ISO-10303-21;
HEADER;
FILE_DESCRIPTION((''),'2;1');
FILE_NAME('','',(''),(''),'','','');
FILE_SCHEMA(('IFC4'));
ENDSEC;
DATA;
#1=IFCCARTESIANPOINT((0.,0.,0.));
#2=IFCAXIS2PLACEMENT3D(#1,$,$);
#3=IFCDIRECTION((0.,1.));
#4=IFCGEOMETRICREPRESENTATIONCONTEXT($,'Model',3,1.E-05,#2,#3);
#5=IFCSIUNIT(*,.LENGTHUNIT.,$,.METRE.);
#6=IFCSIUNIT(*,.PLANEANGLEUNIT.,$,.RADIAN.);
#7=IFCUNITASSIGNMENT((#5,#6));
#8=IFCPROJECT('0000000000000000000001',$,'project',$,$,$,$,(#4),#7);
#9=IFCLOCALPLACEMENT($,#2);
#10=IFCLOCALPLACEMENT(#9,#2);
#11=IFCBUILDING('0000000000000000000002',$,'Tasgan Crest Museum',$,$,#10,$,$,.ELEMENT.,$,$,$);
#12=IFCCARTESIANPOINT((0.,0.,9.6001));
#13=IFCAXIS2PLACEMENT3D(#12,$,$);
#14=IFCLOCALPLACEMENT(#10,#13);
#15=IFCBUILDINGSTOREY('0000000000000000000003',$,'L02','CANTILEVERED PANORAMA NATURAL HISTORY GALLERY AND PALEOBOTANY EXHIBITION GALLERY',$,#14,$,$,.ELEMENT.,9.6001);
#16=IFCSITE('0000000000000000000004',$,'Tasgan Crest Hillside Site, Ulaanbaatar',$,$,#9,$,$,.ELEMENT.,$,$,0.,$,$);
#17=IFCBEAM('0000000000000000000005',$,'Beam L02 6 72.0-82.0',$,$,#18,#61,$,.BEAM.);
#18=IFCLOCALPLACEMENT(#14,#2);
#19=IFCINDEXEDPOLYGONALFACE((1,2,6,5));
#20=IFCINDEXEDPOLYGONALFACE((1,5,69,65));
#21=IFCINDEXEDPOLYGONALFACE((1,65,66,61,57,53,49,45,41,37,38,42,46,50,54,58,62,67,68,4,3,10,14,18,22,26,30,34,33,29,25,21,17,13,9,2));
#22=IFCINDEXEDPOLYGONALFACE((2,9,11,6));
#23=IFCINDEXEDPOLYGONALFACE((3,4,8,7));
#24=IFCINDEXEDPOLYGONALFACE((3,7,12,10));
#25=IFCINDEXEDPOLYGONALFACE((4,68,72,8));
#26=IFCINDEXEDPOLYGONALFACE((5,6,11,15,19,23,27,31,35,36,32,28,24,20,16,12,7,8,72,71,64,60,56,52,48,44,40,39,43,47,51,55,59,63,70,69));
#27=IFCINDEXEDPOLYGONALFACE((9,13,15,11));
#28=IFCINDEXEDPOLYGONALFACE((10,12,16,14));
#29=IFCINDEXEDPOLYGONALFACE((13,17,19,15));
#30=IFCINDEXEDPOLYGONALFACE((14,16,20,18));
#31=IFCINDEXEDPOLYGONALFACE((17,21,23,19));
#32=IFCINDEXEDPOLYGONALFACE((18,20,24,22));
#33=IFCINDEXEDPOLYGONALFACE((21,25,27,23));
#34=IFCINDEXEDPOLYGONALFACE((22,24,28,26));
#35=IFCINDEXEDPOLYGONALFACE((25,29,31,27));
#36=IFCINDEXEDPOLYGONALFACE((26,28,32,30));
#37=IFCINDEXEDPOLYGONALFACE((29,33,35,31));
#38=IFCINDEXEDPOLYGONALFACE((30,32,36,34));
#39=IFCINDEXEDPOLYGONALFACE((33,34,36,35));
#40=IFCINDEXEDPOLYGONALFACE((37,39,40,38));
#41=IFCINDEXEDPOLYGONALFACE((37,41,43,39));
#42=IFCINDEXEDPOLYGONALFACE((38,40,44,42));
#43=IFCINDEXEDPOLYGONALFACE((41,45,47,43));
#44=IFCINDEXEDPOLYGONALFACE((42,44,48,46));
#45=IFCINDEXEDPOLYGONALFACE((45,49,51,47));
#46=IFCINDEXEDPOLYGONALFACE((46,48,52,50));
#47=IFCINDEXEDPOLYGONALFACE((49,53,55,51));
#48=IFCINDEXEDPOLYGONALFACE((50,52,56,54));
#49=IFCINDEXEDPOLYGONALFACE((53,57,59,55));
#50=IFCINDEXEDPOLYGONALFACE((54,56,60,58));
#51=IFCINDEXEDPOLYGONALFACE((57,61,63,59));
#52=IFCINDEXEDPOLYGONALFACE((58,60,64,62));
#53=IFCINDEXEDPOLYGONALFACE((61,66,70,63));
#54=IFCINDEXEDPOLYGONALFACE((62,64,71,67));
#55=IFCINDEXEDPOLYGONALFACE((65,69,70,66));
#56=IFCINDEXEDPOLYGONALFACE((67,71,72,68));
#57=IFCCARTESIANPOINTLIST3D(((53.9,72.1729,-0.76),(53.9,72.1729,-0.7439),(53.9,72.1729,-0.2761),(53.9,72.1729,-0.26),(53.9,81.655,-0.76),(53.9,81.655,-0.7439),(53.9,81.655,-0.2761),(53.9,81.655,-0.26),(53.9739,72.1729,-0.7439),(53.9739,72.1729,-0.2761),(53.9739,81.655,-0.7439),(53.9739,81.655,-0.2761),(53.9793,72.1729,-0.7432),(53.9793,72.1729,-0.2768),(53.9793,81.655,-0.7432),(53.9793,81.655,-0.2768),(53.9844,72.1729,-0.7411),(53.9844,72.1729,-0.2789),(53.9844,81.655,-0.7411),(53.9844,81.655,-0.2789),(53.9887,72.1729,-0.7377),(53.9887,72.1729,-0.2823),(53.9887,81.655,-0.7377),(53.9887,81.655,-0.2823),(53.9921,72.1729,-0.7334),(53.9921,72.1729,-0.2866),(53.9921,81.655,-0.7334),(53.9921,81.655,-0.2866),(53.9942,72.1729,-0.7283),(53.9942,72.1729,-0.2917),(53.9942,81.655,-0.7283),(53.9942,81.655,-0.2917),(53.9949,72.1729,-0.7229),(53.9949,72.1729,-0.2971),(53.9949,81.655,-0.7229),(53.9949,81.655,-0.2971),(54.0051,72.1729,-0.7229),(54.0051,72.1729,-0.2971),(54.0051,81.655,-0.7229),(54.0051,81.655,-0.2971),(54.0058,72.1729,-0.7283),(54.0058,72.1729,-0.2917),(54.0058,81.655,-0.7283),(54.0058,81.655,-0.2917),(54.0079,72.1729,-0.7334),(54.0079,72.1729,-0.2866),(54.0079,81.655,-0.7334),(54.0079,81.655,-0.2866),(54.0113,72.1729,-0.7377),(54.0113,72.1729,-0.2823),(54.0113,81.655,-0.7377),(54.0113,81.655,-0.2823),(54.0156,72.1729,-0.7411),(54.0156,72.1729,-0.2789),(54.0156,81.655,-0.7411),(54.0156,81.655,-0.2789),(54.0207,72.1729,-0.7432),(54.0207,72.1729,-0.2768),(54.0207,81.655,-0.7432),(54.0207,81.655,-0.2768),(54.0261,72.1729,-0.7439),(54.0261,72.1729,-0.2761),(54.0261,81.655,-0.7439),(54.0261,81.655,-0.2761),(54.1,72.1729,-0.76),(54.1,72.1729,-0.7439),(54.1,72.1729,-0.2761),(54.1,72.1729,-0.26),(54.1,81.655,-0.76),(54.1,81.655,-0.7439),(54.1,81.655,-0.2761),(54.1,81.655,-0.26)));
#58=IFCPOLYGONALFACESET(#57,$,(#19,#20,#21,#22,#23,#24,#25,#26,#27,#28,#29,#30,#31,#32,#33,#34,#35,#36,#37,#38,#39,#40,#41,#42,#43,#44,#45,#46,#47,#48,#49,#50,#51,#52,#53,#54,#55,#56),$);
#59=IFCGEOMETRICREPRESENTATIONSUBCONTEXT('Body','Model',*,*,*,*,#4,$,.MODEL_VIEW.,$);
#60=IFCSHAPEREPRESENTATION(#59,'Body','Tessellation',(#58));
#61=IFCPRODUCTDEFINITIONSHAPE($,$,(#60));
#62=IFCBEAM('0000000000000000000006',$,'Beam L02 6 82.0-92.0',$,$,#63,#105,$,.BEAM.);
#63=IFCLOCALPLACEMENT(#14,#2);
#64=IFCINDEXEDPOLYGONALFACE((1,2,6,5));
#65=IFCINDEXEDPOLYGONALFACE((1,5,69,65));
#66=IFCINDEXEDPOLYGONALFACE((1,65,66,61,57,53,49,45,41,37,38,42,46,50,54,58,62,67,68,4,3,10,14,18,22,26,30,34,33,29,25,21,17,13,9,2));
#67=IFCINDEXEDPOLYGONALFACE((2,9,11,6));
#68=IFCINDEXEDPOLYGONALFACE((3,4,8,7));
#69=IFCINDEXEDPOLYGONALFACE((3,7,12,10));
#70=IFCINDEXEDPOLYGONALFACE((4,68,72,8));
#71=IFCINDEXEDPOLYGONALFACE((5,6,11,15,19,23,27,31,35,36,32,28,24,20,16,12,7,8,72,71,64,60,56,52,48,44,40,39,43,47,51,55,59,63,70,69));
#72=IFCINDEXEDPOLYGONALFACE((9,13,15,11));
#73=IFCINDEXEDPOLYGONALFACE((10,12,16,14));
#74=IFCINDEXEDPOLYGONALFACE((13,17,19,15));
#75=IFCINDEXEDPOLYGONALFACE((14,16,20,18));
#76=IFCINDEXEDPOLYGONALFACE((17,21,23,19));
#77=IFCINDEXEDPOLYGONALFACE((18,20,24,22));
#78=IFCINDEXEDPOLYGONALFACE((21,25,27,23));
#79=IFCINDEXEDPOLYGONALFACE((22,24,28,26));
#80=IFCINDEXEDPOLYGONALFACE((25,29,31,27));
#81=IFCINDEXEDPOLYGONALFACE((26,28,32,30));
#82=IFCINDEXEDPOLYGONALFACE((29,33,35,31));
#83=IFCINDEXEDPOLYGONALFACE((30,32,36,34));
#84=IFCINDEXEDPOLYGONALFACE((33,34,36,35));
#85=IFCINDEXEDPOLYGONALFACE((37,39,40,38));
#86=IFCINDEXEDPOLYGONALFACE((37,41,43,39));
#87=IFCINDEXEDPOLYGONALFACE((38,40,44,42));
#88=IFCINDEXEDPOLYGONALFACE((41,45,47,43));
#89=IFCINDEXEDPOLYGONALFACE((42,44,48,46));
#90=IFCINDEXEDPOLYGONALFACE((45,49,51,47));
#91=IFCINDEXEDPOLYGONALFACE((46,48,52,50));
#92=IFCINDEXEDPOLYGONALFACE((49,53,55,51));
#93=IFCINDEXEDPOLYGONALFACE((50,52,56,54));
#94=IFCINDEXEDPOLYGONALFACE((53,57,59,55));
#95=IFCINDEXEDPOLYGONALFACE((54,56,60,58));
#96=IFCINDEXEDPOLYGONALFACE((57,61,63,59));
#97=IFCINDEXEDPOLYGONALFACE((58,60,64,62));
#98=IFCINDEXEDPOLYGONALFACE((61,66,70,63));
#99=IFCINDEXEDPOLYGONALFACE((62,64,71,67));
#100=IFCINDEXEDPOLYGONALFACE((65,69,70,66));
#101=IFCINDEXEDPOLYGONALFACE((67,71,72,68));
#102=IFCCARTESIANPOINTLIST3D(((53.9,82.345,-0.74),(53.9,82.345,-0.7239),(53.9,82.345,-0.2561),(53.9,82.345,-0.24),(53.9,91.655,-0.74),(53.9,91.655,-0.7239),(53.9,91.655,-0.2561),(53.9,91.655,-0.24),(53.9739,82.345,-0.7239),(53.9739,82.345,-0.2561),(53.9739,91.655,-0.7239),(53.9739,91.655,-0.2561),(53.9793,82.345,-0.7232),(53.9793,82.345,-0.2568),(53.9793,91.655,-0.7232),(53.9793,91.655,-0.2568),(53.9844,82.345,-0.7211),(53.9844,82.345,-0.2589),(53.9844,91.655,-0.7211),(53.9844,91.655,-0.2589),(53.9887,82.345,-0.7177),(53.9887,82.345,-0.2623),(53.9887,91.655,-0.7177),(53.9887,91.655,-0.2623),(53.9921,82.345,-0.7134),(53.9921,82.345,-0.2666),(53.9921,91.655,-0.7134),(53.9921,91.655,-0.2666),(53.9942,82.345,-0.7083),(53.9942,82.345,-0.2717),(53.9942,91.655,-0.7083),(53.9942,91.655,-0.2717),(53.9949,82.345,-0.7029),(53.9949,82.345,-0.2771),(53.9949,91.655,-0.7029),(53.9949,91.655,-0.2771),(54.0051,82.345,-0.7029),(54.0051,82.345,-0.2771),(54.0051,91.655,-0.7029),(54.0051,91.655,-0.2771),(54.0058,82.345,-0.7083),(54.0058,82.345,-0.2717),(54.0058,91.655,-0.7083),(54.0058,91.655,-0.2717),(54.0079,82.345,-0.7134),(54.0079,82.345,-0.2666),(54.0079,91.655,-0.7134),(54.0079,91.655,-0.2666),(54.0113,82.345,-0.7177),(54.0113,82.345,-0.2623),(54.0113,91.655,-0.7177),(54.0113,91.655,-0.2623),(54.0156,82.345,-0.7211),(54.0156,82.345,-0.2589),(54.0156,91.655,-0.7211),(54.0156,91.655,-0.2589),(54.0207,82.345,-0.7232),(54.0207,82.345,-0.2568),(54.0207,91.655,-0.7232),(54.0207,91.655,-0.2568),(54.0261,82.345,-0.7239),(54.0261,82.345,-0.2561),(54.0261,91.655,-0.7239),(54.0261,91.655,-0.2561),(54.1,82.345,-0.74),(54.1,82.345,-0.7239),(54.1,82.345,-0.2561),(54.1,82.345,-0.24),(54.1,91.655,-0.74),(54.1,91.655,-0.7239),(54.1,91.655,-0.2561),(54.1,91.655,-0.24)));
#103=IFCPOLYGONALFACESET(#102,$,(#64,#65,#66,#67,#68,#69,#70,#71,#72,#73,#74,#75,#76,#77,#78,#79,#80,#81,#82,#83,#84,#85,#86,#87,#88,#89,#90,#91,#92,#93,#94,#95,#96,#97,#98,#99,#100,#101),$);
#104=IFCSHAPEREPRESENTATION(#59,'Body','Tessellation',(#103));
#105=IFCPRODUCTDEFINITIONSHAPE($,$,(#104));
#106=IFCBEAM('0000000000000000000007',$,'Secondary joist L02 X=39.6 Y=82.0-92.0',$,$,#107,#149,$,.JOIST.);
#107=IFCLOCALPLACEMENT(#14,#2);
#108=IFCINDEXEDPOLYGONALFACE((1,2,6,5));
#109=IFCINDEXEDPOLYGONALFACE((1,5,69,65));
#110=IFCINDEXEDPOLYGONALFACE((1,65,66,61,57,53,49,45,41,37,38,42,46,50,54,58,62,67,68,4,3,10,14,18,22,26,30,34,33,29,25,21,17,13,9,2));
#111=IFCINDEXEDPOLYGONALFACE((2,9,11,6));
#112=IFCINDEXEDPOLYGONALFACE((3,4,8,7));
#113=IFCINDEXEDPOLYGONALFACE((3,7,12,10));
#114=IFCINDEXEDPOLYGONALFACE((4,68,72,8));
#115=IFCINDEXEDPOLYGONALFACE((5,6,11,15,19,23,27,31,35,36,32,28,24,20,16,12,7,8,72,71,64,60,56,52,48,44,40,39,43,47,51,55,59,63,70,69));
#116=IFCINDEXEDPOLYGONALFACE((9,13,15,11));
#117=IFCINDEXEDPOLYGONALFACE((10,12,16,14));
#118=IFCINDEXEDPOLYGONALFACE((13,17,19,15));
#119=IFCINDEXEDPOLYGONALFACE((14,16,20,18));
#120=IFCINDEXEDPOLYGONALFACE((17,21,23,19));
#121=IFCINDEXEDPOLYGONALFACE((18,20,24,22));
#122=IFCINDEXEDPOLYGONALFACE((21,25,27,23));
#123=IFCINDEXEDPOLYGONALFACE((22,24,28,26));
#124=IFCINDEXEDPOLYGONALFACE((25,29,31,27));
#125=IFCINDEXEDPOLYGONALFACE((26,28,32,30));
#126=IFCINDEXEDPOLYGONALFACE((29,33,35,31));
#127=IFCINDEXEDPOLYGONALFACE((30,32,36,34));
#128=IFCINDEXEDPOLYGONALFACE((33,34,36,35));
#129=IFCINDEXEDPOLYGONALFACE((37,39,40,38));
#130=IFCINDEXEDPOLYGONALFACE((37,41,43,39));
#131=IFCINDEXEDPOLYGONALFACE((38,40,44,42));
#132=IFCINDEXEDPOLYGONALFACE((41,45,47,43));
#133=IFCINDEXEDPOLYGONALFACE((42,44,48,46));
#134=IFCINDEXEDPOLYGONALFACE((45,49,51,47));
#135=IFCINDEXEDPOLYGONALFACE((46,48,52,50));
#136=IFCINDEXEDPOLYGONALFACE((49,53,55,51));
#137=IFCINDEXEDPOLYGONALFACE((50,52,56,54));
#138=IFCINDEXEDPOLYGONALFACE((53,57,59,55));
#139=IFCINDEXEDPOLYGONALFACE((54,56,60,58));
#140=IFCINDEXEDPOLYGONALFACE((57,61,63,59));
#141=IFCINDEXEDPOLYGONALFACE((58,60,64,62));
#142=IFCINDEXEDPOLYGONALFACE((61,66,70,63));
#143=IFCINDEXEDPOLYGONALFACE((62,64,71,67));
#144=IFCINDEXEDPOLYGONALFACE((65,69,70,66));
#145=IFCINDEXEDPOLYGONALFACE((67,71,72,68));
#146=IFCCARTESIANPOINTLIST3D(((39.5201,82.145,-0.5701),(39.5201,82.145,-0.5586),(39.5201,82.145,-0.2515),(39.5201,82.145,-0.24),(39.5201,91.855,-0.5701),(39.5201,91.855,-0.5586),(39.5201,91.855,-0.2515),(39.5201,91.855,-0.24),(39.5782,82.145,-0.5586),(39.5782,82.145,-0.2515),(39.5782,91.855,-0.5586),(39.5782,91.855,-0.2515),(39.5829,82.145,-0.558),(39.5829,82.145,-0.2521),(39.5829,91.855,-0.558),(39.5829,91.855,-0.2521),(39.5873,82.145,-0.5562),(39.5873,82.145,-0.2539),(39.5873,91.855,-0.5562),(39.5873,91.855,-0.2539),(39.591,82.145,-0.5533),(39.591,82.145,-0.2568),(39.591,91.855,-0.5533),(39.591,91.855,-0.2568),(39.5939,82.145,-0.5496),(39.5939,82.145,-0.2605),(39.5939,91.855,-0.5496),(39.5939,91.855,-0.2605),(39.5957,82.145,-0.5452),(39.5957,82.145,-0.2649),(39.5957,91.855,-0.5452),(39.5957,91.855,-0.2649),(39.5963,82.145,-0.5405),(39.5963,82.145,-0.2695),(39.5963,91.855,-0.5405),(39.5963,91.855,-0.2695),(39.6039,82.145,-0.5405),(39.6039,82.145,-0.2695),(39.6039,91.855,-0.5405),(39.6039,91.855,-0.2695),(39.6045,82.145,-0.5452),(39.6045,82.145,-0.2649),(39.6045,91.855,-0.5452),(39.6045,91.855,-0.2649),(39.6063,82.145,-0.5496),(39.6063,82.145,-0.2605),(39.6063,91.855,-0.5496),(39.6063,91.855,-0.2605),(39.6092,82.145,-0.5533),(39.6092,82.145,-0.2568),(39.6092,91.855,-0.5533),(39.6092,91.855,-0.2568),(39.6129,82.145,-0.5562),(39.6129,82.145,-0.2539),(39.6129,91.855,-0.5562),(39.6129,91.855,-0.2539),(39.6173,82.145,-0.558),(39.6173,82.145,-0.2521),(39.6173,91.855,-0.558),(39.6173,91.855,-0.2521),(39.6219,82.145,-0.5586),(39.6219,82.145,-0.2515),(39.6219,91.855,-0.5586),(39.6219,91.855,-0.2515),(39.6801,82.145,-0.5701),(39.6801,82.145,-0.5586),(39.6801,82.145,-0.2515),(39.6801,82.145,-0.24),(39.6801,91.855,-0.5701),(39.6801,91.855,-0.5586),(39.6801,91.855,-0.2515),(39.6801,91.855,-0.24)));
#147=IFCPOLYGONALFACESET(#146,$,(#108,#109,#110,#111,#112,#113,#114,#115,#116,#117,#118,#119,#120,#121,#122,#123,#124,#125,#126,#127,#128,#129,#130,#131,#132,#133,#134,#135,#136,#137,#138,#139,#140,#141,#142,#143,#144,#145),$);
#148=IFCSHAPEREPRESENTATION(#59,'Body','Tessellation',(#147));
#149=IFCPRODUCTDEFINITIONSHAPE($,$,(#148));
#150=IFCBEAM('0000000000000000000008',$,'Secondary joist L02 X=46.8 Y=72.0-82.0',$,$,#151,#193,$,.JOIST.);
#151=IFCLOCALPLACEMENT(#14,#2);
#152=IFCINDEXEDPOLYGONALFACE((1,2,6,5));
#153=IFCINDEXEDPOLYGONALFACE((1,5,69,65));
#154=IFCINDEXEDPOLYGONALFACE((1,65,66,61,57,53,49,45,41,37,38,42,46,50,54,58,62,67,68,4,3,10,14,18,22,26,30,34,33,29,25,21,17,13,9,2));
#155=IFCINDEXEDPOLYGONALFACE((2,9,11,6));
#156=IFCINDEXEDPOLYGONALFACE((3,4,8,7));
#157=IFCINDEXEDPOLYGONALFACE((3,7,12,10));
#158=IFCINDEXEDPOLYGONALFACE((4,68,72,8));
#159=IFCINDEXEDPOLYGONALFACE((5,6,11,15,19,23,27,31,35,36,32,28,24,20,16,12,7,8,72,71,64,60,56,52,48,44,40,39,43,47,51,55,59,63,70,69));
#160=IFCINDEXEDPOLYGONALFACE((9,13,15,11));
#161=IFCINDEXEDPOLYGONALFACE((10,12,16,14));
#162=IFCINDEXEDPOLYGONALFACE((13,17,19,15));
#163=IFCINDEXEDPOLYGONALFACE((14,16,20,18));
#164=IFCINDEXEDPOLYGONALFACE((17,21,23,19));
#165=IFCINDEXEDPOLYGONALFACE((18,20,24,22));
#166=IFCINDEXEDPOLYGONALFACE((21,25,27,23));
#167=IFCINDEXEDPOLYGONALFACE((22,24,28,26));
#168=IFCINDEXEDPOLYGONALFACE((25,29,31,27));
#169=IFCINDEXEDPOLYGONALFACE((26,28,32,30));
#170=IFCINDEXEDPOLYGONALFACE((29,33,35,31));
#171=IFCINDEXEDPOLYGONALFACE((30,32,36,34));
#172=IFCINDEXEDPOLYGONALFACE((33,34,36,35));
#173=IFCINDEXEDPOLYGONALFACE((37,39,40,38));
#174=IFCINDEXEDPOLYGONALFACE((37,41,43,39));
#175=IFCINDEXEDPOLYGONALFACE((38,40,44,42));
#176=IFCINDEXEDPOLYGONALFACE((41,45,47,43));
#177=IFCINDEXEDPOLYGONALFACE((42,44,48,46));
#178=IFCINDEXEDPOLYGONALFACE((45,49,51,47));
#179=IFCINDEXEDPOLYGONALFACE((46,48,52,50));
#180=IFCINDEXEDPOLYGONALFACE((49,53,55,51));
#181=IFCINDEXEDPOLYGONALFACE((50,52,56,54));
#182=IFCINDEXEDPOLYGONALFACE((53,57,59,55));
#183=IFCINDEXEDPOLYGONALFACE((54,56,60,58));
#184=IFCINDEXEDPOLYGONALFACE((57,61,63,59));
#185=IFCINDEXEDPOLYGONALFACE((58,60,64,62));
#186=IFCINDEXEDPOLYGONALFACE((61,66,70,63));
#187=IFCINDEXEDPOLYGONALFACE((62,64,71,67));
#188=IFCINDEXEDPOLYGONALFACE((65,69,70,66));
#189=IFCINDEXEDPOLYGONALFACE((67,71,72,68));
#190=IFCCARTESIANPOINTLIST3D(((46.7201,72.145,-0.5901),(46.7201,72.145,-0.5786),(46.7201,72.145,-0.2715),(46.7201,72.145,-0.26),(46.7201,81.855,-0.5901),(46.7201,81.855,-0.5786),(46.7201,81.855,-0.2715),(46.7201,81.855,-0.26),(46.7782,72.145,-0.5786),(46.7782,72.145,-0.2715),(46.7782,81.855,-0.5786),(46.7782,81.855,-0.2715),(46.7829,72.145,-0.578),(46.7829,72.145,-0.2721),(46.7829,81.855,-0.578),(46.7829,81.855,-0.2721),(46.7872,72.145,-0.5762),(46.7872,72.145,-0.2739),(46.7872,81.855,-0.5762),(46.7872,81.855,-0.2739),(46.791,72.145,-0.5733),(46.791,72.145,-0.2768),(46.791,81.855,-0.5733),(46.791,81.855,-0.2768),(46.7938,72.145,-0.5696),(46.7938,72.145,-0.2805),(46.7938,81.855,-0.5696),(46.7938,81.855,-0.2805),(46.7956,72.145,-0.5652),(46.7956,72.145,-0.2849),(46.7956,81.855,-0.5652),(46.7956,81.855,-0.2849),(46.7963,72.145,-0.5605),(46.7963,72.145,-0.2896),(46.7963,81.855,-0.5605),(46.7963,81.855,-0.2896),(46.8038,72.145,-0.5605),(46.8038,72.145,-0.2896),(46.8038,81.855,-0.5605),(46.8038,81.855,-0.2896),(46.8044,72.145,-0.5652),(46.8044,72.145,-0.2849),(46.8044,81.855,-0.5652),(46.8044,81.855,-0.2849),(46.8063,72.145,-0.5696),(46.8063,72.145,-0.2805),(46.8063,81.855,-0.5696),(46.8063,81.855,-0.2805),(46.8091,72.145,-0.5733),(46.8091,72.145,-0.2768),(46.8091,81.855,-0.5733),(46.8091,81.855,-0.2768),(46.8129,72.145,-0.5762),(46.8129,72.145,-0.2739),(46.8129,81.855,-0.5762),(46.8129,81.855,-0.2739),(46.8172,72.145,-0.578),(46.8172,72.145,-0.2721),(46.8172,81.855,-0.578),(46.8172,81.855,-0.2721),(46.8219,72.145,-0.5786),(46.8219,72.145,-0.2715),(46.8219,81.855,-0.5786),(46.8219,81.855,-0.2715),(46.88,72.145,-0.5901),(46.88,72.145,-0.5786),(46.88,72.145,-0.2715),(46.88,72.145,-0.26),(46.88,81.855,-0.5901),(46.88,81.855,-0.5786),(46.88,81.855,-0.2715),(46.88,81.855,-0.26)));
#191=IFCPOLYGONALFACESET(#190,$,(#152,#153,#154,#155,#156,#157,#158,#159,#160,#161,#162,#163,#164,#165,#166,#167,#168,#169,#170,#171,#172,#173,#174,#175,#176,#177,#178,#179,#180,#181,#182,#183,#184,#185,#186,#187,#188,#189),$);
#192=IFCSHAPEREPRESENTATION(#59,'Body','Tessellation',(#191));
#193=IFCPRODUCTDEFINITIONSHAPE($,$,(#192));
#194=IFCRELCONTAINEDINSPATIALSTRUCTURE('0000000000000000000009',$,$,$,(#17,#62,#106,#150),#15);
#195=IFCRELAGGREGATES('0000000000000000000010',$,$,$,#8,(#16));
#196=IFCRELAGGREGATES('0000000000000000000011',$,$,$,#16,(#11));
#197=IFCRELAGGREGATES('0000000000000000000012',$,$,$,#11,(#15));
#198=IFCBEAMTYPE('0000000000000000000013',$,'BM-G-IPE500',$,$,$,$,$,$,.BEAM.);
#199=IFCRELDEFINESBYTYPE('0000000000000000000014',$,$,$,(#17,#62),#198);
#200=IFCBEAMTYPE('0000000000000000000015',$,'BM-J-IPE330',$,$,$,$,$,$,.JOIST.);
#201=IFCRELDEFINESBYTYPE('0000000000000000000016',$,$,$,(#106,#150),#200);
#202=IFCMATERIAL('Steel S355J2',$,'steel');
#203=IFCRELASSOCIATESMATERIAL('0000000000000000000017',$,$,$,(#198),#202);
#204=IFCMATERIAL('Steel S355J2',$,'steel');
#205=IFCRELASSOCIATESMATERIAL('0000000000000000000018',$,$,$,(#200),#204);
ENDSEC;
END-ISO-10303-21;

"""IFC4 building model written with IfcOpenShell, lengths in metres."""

from ifc_helpers import new_model, si_unit, direction, frame, origin, origin_2d, place, context, subcontext, project, spatial, i_section, extrude, material, material_profile, profile_set, type_object, element, save


model = new_model("IFC4")

# Units and contexts
model_context = context("Model", 3, precision=1e-05, world=origin(), true_north=direction((0.0, 1.0)))
body_context = subcontext(model_context, "Body", "Model", "MODEL_VIEW")
ifc_project = project(units=[si_unit("LENGTHUNIT", "METRE"), si_unit("PLANEANGLEUNIT", "RADIAN")], contexts=[model_context])

# Site, building, storey
site_placement = place(None, origin())
site = spatial("IfcSite", under=ifc_project, at=site_placement, Name="Tasgan Crest Hillside Site, Ulaanbaatar", CompositionType="ELEMENT", RefElevation=0.0)
building_placement = place(site_placement, origin())
building = spatial("IfcBuilding", under=site, at=building_placement, Name="Tasgan Crest Museum", CompositionType="ELEMENT")
storey_placement = place(building_placement, frame((0.0, 0.0, 9.6001)))
storey = spatial("IfcBuildingStorey", under=building, at=storey_placement, Name="L02", Description="CANTILEVERED PANORAMA NATURAL HISTORY GALLERY AND PALEOBOTANY EXHIBITION GALLERY", CompositionType="ELEMENT", Elevation=9.6001)

# Beams
ifc_material_1 = material(Name="Steel S355J2", Category="steel")
ifc_material_profile_1 = material_profile(ifc_material_1, i_section(OverallWidth=0.2, OverallDepth=0.5, WebThickness=0.0103, FlangeThickness=0.0161, FilletRadius=0.021, at=origin_2d()), Name="IPE 500")
ifc_profile_set_1 = profile_set([ifc_material_profile_1], Name="Steel S355J2")
beam_type_1 = type_object("IfcBeamType", Name="BM-G-IPE500", PredefinedType="BEAM", material=ifc_profile_set_1)
beam_1_placement = place(storey_placement, frame((54.0, 72.1729, -0.51), z_axis=(0.0, 1.0, 0.0), x_axis=(-1.0, 0.0, 0.0)))
element("IfcBeam", 1, at=beam_1_placement, inside=storey, type_object=beam_type_1, Name="Beam L02 6 72.0-82.0", PredefinedType="BEAM", context=body_context, shape_type="SweptSolid", body=[
    extrude(i_section(OverallWidth=0.2, OverallDepth=0.5, WebThickness=0.0103, FlangeThickness=0.0161, FilletRadius=0.021, at=origin_2d()), origin(), (0.0, 0.0, 1.0), 9.4822),
])
beam_2_placement = place(storey_placement, frame((54.0, 82.345, -0.49), z_axis=(0.0, 1.0, 0.0), x_axis=(-1.0, 0.0, 0.0)))
element("IfcBeam", 2, at=beam_2_placement, inside=storey, type_object=beam_type_1, Name="Beam L02 6 82.0-92.0", PredefinedType="BEAM", context=body_context, shape_type="SweptSolid", body=[
    extrude(i_section(OverallWidth=0.2, OverallDepth=0.5, WebThickness=0.0103, FlangeThickness=0.0161, FilletRadius=0.021, at=origin_2d()), origin(), (0.0, 0.0, 1.0), 9.3101),
])
ifc_material_2 = material(Name="Steel S355J2", Category="steel")
ifc_material_profile_2 = material_profile(ifc_material_2, i_section(OverallWidth=0.1599, OverallDepth=0.3301, WebThickness=0.0076, FlangeThickness=0.0115, FilletRadius=0.0181, at=origin_2d()), Name="IPE 330")
ifc_profile_set_2 = profile_set([ifc_material_profile_2], Name="Steel S355J2")
beam_type_2 = type_object("IfcBeamType", Name="BM-J-IPE330", PredefinedType="JOIST", material=ifc_profile_set_2)
for number, where, z_axis, x_axis, name in (
    (3, (39.6001, 82.145, -0.405), (0.0, 1.0, 0.0), (-1.0, 0.0, 0.0), "Secondary joist L02 X=39.6 Y=82.0-92.0"),
    (4, (46.8, 72.145, -0.425), (0.0, 1.0, 0.0), (-1.0, 0.0, 0.0), "Secondary joist L02 X=46.8 Y=72.0-82.0"),
):
    element("IfcBeam", number, at=place(storey_placement, frame(where, z_axis=z_axis, x_axis=x_axis)), inside=storey, type_object=beam_type_2, Name=name, PredefinedType="JOIST", context=body_context, shape_type="SweptSolid", body=[
        extrude(i_section(OverallWidth=0.1599, OverallDepth=0.3301, WebThickness=0.0076, FlangeThickness=0.0115, FilletRadius=0.0181, at=origin_2d()), origin(), (0.0, 0.0, 1.0), 9.71),
    ])

save(model, "model.ifc")
